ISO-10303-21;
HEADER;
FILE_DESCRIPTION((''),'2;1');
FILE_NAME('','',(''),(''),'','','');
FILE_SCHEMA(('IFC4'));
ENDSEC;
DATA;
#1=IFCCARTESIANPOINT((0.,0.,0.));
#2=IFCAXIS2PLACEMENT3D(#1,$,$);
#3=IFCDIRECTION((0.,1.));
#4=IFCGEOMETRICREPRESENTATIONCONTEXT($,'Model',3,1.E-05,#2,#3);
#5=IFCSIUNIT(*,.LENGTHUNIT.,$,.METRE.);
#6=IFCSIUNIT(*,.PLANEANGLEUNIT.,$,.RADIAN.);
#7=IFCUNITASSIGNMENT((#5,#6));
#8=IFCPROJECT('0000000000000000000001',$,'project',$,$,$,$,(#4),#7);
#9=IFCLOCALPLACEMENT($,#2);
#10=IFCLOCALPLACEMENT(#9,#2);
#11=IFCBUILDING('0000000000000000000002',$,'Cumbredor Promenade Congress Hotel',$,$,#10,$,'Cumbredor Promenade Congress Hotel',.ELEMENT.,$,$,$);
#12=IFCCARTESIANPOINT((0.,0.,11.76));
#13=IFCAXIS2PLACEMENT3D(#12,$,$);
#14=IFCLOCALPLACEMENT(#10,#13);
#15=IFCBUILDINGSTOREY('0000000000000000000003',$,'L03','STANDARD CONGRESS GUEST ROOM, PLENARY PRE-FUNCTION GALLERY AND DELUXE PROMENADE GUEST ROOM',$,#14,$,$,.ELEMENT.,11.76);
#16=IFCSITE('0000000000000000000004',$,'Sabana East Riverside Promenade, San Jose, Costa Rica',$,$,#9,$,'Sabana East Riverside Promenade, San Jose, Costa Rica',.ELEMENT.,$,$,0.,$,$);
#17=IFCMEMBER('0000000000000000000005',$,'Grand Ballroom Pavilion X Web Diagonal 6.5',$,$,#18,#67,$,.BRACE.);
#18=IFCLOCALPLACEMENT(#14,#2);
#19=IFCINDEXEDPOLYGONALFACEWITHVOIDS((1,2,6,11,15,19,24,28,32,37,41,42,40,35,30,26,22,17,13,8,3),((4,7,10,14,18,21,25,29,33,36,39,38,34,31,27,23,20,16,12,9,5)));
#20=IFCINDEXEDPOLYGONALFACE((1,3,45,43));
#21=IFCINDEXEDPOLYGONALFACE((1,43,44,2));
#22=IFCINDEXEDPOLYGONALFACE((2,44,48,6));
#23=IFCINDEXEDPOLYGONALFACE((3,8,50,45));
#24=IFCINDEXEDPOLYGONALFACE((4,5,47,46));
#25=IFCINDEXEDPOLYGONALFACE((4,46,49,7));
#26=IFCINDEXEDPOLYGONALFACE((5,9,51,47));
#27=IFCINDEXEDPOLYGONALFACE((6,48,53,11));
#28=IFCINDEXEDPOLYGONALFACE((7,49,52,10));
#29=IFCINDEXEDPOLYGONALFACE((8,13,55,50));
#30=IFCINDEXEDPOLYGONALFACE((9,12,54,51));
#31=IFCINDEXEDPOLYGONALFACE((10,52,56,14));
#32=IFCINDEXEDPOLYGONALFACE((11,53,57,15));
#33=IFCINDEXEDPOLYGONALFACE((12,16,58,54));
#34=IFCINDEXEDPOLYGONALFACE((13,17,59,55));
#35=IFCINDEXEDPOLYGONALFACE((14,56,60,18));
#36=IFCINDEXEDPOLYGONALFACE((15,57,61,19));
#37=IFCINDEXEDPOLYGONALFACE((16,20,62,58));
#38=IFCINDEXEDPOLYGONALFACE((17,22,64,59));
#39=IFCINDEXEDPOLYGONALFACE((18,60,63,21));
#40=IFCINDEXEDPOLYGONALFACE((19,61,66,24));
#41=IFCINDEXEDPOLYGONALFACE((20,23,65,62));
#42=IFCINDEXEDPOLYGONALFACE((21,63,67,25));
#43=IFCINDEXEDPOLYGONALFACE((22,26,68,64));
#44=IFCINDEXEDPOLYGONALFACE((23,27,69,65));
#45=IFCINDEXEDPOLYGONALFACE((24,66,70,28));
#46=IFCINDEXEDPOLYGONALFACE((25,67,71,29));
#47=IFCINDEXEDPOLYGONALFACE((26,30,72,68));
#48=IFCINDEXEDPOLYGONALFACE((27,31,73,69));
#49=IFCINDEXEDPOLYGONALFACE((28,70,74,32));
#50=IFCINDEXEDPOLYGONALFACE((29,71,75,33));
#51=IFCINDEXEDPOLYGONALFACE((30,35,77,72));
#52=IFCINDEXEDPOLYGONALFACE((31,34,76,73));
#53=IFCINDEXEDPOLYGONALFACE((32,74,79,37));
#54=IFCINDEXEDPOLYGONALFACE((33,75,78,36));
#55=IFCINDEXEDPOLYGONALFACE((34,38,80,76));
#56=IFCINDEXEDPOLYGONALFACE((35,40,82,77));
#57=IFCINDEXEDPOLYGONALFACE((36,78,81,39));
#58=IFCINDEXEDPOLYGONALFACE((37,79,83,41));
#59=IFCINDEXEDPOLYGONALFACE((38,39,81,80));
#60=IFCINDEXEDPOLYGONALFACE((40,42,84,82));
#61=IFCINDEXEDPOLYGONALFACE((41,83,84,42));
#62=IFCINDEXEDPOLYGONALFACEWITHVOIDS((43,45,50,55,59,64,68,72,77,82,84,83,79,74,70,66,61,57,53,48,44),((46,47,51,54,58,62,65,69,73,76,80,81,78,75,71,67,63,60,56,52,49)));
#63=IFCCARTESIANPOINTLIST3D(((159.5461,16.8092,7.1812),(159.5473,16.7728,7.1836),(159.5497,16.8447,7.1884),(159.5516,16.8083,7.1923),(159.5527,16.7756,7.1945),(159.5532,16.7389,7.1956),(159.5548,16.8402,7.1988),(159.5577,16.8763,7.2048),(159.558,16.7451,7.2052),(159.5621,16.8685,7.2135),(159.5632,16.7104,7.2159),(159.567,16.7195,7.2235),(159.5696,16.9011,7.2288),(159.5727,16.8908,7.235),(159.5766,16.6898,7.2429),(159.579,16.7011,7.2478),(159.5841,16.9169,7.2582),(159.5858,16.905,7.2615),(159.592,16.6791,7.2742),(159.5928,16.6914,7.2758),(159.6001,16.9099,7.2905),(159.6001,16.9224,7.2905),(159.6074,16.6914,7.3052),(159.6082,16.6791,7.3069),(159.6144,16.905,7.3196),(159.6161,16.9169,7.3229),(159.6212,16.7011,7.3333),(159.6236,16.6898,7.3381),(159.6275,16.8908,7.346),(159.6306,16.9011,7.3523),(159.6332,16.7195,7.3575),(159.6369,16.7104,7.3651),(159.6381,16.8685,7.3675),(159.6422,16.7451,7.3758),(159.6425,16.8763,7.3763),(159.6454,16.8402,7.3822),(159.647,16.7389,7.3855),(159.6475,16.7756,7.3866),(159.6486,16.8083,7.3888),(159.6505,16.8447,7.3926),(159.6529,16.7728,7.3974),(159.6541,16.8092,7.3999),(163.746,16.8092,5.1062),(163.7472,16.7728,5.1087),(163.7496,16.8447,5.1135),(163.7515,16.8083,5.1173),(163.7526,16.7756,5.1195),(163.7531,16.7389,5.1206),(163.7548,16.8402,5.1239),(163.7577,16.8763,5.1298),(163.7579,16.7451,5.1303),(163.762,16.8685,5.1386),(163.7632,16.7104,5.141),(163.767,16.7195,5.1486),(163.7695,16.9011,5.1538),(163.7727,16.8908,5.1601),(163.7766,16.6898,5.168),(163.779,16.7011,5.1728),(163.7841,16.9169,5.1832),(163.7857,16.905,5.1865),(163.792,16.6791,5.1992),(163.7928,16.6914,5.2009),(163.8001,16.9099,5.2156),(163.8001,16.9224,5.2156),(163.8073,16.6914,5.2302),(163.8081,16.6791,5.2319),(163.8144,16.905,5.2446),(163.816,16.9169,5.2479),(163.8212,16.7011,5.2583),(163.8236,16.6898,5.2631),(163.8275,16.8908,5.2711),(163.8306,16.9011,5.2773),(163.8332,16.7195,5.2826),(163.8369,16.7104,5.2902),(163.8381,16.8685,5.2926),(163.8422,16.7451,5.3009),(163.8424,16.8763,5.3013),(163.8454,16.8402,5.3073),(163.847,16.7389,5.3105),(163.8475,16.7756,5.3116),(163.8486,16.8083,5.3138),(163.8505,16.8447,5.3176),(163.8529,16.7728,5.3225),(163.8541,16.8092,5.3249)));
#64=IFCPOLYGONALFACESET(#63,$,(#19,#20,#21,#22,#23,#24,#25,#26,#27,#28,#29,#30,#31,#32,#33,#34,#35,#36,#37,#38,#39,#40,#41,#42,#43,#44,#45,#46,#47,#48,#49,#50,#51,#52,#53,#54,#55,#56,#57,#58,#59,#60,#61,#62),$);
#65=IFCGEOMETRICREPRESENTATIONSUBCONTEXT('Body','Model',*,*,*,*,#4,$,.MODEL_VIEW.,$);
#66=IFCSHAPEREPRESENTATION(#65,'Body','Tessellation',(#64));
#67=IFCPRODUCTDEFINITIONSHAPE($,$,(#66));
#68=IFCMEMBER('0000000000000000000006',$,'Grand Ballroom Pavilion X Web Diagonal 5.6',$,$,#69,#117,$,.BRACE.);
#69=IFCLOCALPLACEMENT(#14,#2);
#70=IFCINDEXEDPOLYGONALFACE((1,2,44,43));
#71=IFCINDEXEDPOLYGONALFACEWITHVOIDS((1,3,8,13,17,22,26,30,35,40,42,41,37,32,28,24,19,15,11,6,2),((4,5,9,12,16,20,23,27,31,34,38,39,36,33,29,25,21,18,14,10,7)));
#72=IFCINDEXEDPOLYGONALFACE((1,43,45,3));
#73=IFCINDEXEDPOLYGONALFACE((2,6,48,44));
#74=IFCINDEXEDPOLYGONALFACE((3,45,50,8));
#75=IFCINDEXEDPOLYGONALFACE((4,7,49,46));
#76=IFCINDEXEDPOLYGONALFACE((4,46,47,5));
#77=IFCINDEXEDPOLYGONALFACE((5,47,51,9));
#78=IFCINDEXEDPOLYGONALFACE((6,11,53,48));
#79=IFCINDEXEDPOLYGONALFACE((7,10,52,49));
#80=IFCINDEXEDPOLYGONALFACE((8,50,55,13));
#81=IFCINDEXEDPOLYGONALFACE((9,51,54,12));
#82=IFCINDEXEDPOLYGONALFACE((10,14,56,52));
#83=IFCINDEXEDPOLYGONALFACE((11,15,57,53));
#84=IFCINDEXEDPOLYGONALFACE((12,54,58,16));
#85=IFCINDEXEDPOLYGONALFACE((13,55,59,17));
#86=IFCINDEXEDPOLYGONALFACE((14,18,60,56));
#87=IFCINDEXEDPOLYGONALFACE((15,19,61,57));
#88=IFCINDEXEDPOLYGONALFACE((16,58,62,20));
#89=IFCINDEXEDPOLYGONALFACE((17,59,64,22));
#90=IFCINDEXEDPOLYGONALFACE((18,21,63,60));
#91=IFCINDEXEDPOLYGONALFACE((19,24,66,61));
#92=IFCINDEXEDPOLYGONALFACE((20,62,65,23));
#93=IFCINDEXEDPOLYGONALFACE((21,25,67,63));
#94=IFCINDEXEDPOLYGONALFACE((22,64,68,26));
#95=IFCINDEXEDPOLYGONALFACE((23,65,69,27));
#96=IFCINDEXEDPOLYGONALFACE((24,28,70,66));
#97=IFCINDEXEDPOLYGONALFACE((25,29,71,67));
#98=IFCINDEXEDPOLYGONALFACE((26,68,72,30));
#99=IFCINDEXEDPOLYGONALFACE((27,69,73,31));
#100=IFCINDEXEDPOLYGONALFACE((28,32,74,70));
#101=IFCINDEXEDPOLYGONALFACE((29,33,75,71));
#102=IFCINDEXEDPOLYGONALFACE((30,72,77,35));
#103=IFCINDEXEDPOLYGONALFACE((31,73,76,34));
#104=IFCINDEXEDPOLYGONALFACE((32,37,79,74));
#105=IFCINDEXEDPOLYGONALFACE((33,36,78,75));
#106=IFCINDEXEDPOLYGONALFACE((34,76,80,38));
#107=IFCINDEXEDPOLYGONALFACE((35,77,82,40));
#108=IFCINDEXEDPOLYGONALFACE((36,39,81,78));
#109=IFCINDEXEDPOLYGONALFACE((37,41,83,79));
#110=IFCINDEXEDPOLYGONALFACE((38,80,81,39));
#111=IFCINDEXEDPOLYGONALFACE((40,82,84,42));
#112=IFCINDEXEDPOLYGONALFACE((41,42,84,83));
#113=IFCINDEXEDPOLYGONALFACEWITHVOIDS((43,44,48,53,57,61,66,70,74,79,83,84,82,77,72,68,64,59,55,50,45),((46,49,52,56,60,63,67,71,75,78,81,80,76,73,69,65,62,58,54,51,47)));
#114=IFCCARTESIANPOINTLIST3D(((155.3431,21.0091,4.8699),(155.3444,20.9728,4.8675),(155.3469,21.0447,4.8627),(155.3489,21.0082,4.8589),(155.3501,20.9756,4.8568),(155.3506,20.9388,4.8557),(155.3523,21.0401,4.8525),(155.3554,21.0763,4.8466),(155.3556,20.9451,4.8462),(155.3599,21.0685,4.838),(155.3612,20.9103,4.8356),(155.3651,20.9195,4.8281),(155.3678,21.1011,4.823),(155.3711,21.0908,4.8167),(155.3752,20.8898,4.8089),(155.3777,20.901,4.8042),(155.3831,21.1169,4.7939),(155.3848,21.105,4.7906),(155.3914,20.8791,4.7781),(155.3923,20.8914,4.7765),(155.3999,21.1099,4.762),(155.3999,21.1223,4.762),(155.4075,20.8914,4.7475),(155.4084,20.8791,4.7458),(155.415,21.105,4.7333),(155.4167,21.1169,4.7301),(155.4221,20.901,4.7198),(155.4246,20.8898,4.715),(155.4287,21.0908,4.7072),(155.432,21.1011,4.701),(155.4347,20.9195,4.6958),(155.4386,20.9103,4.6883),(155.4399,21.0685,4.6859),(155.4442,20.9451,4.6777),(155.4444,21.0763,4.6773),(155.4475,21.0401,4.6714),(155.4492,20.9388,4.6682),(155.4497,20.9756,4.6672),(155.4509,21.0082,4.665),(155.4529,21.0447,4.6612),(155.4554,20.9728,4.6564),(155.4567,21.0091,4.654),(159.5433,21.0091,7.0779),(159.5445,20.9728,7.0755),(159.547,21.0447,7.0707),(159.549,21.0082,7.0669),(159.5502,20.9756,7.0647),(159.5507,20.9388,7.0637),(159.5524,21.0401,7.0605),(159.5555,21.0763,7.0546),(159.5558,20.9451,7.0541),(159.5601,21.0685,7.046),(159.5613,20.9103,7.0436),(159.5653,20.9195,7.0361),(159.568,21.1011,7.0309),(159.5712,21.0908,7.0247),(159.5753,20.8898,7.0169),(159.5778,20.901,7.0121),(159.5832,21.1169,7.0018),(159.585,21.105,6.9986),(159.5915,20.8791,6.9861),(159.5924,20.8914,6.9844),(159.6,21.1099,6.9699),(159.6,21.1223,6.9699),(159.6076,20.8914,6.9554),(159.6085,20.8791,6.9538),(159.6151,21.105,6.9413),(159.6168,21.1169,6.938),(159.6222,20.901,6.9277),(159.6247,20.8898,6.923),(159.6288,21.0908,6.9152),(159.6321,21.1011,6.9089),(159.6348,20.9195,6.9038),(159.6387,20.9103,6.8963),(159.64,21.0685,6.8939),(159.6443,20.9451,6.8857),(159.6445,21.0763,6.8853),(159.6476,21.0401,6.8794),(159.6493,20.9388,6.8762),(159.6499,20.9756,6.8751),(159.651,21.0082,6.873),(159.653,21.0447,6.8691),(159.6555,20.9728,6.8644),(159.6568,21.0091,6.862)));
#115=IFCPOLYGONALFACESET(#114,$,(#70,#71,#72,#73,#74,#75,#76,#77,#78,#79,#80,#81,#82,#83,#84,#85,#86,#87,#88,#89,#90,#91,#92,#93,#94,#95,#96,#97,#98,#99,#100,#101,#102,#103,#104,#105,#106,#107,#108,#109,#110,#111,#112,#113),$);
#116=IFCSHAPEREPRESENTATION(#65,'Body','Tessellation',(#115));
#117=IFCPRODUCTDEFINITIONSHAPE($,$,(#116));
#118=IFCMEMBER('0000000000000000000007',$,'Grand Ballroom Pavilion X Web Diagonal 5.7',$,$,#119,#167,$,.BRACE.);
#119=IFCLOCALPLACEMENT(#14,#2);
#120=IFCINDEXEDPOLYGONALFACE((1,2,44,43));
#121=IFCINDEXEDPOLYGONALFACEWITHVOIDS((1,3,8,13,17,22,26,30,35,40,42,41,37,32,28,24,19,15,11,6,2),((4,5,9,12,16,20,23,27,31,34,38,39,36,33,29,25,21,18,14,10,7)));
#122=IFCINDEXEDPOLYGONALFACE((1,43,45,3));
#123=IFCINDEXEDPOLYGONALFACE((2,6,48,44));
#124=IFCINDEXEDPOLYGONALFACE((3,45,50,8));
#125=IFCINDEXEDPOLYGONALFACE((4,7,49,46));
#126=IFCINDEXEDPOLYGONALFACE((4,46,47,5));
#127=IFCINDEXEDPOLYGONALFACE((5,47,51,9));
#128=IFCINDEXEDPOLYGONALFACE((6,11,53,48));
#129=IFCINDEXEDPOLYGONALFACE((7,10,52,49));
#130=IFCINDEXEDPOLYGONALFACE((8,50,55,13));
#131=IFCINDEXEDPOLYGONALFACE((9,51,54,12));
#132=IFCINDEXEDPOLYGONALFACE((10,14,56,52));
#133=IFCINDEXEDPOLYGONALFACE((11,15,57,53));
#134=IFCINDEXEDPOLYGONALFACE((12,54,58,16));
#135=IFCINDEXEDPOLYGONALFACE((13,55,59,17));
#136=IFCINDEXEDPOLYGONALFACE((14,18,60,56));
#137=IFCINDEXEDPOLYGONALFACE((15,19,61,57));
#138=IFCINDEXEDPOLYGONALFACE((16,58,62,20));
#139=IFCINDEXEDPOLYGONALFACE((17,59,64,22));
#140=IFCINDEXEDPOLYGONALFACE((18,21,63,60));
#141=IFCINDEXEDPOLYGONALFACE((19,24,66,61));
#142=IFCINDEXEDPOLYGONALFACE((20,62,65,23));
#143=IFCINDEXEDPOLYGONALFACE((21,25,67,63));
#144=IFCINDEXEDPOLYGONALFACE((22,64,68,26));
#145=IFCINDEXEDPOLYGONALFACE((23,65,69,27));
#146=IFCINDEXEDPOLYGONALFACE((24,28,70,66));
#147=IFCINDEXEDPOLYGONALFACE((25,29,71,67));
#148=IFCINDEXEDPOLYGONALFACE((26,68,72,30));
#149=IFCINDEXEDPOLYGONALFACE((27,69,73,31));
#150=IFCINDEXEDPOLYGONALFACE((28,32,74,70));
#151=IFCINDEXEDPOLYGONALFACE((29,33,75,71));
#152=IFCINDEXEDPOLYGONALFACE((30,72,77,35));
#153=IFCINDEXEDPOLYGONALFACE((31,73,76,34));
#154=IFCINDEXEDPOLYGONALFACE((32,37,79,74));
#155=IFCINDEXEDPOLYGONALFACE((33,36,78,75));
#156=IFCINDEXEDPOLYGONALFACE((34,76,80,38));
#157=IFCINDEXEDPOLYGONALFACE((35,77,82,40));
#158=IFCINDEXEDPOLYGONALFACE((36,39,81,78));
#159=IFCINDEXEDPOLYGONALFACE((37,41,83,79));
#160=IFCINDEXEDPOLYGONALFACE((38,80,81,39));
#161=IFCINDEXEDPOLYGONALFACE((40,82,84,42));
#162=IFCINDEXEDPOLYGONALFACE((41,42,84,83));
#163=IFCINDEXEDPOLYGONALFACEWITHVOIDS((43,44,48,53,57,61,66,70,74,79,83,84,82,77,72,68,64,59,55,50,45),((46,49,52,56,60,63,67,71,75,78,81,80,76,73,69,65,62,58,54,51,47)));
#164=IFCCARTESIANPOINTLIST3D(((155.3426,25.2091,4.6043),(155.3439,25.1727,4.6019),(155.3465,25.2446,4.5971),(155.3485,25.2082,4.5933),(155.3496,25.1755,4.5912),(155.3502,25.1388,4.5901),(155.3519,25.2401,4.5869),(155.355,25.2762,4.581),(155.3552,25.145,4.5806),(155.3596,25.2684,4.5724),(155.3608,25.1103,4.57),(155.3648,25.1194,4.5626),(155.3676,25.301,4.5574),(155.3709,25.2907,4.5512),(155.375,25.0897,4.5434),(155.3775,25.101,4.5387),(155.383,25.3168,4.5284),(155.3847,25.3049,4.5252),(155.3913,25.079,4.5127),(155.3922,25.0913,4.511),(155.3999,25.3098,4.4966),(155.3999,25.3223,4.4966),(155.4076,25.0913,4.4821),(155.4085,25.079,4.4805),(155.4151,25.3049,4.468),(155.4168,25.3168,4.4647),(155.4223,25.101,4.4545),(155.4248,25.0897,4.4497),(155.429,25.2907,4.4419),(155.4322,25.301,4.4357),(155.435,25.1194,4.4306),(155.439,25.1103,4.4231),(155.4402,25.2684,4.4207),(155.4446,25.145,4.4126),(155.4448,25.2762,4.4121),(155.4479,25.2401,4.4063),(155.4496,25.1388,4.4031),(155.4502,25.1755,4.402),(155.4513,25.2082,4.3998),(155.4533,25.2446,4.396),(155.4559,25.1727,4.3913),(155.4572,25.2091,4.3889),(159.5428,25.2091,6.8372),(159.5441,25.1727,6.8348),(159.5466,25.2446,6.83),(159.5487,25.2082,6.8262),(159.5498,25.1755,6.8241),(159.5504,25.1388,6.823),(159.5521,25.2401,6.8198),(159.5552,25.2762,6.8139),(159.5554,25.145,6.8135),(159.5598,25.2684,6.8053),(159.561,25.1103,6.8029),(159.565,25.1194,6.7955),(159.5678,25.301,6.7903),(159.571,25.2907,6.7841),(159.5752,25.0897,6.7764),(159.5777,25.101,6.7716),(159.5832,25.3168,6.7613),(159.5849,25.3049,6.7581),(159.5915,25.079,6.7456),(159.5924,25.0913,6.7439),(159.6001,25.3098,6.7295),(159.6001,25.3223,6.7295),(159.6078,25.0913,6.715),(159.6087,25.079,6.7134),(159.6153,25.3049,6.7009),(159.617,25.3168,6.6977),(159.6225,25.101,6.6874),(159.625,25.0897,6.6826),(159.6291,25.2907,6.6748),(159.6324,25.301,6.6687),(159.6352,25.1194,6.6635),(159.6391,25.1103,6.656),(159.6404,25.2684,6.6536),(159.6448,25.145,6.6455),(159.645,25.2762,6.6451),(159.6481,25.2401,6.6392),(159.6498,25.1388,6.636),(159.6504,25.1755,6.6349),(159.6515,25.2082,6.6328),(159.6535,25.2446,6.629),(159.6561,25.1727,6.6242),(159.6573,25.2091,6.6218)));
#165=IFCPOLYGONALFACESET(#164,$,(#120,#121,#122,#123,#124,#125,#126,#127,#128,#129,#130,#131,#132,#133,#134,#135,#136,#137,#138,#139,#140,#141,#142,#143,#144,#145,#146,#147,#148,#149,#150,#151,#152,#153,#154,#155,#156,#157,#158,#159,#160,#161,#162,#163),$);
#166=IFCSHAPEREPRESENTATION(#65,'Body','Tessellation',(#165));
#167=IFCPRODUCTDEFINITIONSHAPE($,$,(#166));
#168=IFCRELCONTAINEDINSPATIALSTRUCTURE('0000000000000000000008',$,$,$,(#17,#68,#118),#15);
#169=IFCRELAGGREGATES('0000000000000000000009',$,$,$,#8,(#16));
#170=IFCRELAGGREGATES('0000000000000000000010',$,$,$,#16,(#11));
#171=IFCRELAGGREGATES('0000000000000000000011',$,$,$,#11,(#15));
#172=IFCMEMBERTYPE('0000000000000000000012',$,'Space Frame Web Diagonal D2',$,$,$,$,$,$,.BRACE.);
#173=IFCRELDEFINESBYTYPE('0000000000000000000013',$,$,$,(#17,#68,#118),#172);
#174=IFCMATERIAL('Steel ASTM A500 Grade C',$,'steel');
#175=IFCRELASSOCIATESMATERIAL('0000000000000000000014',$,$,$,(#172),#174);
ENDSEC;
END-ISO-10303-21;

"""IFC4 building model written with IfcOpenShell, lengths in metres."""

from ifc_helpers import new_model, si_unit, direction, frame, origin, origin_2d, place, context, subcontext, project, spatial, hollow_circle, extrude, material, material_profile, profile_set, type_object, element, save


model = new_model("IFC4")

# Units and contexts
model_context = context("Model", 3, precision=1e-05, world=origin(), true_north=direction((0.0, 1.0)))
body_context = subcontext(model_context, "Body", "Model", "MODEL_VIEW")
ifc_project = project(units=[si_unit("LENGTHUNIT", "METRE"), si_unit("PLANEANGLEUNIT", "RADIAN")], contexts=[model_context])

# Site, building, storey
site_placement = place(None, origin())
site = spatial("IfcSite", under=ifc_project, at=site_placement, Name="Sabana East Riverside Promenade, San Jose, Costa Rica", LongName="Sabana East Riverside Promenade, San Jose, Costa Rica", CompositionType="ELEMENT", RefElevation=0.0)
building_placement = place(site_placement, origin())
building = spatial("IfcBuilding", under=site, at=building_placement, Name="Cumbredor Promenade Congress Hotel", LongName="Cumbredor Promenade Congress Hotel", CompositionType="ELEMENT")
storey_placement = place(building_placement, frame((0.0, 0.0, 11.76)))
storey = spatial("IfcBuildingStorey", under=building, at=storey_placement, Name="L03", Description="STANDARD CONGRESS GUEST ROOM, PLENARY PRE-FUNCTION GALLERY AND DELUXE PROMENADE GUEST ROOM", CompositionType="ELEMENT", Elevation=11.76)

# Members
ifc_material_1 = material(Name="Steel ASTM A500 Grade C", Category="steel")
ifc_material_profile_1 = material_profile(ifc_material_1, hollow_circle(Radius=0.1223, WallThickness=0.0125, at=origin_2d()), Name="CHS 244.5x12.5")
ifc_profile_set_1 = profile_set([ifc_material_profile_1], Name="Steel ASTM A500 Grade C")
member_type_1 = type_object("IfcMemberType", Name="Space Frame Web Diagonal D2", PredefinedType="BRACE", material=ifc_profile_set_1)
member_1_placement = place(storey_placement, frame((159.6001, 16.8, 7.2905), z_axis=(0.896554, 0.0, -0.442935), x_axis=(0.0, 1.0, 0.0)))
element("IfcMember", 1, at=member_1_placement, inside=storey, type_object=member_type_1, Name="Grand Ballroom Pavilion X Web Diagonal 6.5", PredefinedType="BRACE", context=body_context, shape_type="SweptSolid", body=[
    extrude(hollow_circle(Radius=0.1223, WallThickness=0.0125, at=origin_2d()), origin(), (0.0, 0.0, 1.0), 4.6846),
])
member_2_placement = place(storey_placement, frame((155.3999, 21.0, 4.762), z_axis=(0.885146, 0.0, 0.465314), x_axis=(0.0, 1.0, 0.0)))
element("IfcMember", 2, at=member_2_placement, inside=storey, type_object=member_type_1, Name="Grand Ballroom Pavilion X Web Diagonal 5.6", PredefinedType="BRACE", context=body_context, shape_type="SweptSolid", body=[
    extrude(hollow_circle(Radius=0.1223, WallThickness=0.0125, at=origin_2d()), origin(), (0.0, 0.0, 1.0), 4.7451),
])
member_3_placement = place(storey_placement, frame((155.3999, 25.2, 4.4966), z_axis=(0.88298, 0.0, 0.46941), x_axis=(0.0, 1.0, 0.0)))
element("IfcMember", 3, at=member_3_placement, inside=storey, type_object=member_type_1, Name="Grand Ballroom Pavilion X Web Diagonal 5.7", PredefinedType="BRACE", context=body_context, shape_type="SweptSolid", body=[
    extrude(hollow_circle(Radius=0.1223, WallThickness=0.0125, at=origin_2d()), origin(), (0.0, 0.0, 1.0), 4.7568),
])

save(model, "model.ifc")
